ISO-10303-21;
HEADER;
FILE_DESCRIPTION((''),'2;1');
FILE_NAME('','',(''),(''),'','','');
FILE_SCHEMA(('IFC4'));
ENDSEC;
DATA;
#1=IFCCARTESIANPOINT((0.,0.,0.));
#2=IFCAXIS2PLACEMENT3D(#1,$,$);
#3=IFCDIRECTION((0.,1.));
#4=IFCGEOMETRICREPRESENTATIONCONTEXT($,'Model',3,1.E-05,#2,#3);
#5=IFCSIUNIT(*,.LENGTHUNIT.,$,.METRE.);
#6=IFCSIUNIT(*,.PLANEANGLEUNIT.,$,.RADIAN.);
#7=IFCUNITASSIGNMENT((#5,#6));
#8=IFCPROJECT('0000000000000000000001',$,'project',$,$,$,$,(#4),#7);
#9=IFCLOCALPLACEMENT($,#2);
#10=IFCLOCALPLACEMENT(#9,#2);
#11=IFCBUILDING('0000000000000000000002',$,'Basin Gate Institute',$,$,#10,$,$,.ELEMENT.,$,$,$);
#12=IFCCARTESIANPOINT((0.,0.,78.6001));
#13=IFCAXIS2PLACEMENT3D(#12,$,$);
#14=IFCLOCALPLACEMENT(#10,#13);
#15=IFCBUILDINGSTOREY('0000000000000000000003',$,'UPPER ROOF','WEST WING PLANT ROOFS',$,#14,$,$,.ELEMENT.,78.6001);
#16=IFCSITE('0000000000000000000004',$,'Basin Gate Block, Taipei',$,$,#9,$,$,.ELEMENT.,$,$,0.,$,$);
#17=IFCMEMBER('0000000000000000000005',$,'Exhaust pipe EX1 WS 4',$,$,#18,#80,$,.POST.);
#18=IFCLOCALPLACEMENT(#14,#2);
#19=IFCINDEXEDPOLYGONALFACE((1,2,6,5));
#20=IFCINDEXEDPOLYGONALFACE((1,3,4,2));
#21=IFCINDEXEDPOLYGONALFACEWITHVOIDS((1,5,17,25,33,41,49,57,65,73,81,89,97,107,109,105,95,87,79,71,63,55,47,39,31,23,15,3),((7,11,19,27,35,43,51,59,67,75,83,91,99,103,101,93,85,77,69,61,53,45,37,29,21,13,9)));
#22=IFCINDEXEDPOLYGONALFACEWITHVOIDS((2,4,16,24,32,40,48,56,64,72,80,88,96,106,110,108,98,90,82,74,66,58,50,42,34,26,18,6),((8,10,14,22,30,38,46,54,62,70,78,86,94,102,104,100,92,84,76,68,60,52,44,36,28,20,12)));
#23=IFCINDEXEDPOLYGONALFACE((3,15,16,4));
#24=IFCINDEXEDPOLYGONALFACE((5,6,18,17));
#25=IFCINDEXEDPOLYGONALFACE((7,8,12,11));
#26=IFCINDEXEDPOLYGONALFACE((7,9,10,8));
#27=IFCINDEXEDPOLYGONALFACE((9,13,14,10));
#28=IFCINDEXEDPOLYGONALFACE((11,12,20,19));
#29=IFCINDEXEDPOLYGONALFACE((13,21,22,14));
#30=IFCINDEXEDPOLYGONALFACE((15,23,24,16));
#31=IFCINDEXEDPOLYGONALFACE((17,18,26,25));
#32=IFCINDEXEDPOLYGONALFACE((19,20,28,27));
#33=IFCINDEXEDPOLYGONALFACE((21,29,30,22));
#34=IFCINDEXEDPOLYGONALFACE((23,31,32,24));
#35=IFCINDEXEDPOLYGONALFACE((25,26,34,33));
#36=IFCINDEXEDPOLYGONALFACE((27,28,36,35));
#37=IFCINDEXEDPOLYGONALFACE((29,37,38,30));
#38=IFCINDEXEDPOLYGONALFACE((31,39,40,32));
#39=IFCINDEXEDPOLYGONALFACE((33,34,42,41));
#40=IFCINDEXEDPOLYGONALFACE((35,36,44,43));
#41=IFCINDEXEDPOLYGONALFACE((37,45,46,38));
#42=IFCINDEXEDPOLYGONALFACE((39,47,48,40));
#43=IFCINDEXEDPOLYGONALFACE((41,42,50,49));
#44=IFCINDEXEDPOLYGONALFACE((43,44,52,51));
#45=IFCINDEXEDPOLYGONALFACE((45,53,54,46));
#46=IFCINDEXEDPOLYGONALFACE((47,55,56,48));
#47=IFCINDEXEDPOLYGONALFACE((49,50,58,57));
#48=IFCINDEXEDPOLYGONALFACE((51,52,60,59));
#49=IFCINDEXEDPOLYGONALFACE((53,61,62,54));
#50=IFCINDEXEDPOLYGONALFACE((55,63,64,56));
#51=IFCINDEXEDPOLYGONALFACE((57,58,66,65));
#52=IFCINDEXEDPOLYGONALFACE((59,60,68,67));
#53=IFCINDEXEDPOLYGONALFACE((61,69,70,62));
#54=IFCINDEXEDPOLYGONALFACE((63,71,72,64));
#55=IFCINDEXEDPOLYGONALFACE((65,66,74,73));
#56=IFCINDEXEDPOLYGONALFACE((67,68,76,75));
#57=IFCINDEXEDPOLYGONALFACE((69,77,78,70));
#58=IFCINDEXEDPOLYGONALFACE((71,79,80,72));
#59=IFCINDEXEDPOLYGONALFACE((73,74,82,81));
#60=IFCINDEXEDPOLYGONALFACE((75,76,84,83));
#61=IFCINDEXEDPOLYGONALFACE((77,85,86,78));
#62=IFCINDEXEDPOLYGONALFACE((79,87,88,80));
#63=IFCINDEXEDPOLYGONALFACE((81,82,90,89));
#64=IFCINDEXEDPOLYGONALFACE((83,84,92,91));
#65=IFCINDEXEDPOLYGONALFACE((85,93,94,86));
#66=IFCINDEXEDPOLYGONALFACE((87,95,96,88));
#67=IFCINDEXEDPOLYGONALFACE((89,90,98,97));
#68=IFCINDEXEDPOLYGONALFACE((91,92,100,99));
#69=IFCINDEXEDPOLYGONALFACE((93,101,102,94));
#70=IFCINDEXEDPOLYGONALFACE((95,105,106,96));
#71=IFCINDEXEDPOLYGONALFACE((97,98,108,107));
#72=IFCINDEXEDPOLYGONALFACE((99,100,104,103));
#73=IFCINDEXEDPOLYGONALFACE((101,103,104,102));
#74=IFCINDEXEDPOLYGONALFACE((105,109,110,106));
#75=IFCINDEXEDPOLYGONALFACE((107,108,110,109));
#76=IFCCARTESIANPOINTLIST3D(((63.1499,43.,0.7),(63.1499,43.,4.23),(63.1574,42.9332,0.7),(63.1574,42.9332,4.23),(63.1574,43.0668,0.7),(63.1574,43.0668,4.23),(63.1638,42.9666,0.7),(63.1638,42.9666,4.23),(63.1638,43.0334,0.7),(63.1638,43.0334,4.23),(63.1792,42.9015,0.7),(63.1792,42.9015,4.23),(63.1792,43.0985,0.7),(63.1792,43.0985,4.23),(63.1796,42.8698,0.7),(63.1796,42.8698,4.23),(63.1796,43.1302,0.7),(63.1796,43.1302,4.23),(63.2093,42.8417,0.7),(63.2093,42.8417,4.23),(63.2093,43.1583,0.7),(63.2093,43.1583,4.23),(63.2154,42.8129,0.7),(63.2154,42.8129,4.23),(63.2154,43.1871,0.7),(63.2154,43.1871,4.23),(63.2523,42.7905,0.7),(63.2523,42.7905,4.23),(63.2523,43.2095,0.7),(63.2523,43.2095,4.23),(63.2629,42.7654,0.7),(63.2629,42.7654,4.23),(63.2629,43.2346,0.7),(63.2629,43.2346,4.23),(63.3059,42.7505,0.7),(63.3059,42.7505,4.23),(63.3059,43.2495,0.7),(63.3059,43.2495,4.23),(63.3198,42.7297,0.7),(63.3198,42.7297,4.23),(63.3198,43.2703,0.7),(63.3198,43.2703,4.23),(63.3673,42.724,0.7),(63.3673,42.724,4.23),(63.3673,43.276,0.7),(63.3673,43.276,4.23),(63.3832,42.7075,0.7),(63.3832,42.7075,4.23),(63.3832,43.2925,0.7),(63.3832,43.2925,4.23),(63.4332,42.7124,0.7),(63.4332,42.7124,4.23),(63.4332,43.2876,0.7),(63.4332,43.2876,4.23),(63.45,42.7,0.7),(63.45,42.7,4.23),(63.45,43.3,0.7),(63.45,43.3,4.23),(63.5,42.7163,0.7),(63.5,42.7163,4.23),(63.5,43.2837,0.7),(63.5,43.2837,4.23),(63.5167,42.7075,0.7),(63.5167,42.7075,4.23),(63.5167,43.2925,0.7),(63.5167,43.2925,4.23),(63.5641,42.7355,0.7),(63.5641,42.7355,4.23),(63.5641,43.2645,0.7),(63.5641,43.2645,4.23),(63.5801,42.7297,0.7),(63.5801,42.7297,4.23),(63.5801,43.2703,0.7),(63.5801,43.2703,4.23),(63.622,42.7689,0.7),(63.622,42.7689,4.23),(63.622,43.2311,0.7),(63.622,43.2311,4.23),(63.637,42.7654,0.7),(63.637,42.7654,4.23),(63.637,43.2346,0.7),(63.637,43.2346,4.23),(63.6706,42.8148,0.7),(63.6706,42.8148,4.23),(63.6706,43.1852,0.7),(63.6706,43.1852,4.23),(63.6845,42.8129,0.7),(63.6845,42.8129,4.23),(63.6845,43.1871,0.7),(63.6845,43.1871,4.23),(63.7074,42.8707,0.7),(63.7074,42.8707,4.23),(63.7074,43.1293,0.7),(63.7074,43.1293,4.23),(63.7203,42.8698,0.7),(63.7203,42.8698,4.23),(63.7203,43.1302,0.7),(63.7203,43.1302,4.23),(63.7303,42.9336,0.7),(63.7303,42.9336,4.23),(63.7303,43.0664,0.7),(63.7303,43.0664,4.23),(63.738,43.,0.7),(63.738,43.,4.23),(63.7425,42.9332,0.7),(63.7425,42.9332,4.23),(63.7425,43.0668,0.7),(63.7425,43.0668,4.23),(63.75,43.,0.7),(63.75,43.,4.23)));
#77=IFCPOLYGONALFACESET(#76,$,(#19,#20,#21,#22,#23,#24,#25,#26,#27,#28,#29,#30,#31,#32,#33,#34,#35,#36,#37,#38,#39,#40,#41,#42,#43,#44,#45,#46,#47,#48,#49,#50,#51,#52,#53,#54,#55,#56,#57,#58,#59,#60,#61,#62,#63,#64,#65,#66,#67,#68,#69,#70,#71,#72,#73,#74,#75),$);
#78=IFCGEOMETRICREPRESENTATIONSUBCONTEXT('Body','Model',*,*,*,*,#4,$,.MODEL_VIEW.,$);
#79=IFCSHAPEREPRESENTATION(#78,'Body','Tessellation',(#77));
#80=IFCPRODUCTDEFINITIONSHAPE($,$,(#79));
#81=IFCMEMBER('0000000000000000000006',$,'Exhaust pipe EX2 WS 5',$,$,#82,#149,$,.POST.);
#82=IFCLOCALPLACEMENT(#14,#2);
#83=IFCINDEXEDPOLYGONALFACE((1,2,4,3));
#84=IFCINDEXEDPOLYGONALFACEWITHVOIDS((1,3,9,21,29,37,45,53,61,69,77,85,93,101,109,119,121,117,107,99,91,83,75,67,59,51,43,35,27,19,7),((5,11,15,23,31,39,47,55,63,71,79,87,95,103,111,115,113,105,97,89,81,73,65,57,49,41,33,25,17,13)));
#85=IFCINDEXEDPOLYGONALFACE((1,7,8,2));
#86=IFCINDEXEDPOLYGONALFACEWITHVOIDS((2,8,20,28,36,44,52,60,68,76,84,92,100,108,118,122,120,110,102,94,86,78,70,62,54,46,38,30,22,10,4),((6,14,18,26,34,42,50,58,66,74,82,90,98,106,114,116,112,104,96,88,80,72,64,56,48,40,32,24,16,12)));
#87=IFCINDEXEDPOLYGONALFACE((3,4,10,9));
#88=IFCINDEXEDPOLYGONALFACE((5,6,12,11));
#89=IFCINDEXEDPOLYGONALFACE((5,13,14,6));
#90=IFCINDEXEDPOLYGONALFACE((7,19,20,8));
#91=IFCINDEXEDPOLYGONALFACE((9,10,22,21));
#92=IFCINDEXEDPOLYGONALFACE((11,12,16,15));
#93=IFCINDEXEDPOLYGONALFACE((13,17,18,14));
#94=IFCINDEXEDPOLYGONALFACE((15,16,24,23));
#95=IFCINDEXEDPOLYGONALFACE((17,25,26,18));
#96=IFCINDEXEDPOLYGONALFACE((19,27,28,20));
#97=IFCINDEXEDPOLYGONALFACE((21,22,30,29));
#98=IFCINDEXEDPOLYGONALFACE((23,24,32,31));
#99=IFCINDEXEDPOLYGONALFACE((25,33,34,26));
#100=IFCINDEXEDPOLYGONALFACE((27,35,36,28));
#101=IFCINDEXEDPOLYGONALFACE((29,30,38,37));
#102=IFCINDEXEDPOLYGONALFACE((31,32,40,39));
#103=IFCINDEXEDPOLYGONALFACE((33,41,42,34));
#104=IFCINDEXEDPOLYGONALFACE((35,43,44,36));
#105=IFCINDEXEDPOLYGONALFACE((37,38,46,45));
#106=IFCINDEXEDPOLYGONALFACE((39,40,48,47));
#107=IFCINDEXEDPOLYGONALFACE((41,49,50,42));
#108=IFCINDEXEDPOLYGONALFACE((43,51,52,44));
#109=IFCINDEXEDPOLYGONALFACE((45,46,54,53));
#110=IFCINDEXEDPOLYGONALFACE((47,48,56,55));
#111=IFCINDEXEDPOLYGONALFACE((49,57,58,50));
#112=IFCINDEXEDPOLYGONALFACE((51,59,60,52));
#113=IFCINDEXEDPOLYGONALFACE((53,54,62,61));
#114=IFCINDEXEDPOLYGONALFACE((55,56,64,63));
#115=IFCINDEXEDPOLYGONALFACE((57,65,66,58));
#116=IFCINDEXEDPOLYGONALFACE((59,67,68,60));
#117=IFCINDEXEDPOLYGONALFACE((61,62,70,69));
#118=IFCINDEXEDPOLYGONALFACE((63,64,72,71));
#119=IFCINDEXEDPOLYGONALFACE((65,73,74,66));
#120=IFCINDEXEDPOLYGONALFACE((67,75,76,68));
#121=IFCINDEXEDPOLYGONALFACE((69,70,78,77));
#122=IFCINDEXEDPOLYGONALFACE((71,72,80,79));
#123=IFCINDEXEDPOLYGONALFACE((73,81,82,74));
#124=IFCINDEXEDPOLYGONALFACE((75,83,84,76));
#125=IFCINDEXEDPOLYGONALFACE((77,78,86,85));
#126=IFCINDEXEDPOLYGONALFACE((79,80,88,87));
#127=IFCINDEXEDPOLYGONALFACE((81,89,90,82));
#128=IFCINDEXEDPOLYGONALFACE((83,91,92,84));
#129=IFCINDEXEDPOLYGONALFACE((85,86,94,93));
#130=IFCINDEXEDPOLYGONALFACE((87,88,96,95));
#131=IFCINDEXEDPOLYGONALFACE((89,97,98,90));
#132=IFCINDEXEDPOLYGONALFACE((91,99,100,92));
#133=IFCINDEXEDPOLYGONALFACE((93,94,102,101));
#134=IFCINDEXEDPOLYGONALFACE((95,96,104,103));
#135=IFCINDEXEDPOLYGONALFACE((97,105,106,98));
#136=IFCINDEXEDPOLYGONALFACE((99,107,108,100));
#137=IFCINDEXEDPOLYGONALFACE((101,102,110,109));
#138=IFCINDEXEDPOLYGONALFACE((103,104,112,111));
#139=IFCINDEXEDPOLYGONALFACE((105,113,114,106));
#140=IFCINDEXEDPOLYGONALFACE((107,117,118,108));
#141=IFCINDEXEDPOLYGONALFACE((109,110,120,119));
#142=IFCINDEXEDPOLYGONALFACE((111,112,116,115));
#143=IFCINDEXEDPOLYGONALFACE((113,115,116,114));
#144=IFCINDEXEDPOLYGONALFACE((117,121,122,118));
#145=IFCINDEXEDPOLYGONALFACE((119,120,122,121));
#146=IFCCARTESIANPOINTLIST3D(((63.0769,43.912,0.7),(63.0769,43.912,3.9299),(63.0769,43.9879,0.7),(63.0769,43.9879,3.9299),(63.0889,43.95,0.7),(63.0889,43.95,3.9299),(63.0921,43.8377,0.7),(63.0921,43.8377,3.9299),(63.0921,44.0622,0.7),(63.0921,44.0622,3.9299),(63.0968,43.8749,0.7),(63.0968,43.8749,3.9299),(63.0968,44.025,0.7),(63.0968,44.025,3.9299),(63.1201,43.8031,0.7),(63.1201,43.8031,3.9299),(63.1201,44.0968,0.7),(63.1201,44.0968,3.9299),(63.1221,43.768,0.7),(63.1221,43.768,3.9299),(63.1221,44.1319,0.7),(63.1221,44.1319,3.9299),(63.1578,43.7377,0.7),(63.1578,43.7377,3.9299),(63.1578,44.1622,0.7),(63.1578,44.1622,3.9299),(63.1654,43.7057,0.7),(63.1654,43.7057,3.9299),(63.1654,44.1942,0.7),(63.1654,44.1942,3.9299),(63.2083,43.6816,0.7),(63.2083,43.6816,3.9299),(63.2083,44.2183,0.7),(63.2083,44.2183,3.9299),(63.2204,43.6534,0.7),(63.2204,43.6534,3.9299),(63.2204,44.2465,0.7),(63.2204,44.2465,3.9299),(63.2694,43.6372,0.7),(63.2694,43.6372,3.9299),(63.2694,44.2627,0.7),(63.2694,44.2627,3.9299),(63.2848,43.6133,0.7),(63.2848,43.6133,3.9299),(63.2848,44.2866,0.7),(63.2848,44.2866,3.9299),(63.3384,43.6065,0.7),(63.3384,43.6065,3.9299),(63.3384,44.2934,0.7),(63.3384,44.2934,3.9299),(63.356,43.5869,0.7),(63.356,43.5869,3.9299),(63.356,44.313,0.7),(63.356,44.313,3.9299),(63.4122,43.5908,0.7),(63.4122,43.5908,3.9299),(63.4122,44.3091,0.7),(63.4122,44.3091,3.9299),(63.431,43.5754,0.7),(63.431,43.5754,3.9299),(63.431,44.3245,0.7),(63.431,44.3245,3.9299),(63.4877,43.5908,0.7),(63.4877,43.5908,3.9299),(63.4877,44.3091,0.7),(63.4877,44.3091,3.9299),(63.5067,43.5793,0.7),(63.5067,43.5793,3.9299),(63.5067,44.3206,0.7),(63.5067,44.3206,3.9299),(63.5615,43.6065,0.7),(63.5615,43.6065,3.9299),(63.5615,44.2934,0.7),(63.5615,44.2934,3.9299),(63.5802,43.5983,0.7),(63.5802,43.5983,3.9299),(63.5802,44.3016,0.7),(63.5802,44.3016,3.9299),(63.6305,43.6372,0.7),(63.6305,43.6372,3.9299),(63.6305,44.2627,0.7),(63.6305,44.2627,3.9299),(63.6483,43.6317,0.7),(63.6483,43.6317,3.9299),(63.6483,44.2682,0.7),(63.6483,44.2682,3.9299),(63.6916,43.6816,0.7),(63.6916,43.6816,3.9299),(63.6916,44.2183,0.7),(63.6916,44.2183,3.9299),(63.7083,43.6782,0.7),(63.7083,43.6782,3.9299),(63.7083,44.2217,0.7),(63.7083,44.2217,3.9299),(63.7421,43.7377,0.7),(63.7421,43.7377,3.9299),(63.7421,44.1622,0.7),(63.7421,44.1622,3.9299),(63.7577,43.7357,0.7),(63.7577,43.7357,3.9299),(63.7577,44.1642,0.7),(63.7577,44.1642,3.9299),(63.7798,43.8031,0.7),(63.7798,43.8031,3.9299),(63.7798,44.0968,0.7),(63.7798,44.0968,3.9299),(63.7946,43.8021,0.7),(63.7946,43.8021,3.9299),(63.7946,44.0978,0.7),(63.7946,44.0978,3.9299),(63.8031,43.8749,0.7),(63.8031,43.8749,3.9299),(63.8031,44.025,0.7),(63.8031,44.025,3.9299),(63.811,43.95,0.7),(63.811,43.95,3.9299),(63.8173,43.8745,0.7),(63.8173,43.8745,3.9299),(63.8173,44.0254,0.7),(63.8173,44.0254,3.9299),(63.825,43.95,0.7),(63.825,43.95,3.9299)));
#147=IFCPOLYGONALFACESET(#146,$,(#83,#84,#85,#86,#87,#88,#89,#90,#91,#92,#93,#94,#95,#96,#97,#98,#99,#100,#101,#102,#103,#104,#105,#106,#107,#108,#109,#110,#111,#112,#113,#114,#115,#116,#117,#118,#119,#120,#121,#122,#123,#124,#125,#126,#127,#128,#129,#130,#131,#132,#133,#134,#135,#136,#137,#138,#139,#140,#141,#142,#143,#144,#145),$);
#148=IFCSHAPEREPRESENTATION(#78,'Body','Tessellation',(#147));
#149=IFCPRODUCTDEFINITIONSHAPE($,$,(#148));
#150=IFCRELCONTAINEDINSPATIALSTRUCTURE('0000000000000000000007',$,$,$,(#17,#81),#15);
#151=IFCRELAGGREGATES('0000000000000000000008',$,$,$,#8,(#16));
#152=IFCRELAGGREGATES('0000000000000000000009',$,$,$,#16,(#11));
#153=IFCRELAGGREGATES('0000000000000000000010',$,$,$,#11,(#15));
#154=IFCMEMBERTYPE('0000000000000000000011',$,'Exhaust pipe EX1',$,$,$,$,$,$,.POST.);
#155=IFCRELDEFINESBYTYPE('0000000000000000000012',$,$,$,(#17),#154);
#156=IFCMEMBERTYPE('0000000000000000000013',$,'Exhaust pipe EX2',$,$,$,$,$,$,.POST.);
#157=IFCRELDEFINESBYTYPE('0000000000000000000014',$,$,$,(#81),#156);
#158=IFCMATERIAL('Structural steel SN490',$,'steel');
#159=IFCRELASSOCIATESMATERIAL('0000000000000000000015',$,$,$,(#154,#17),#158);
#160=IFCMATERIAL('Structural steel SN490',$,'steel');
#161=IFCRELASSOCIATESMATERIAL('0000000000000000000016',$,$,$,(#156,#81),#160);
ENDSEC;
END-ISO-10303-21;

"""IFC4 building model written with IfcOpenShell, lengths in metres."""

from ifc_helpers import new_model, si_unit, direction, frame, origin, origin_2d, place, context, subcontext, project, spatial, hollow_circle, extrude, material, material_profile, profile_set, type_object, element, save


model = new_model("IFC4")

# Units and contexts
model_context = context("Model", 3, precision=1e-05, world=origin(), true_north=direction((0.0, 1.0)))
body_context = subcontext(model_context, "Body", "Model", "MODEL_VIEW")
ifc_project = project(units=[si_unit("LENGTHUNIT", "METRE"), si_unit("PLANEANGLEUNIT", "RADIAN")], contexts=[model_context])

# Site, building, storey
site_placement = place(None, origin())
site = spatial("IfcSite", under=ifc_project, at=site_placement, Name="Basin Gate Block, Taipei", CompositionType="ELEMENT", RefElevation=0.0)
building_placement = place(site_placement, origin())
building = spatial("IfcBuilding", under=site, at=building_placement, Name="Basin Gate Institute", CompositionType="ELEMENT")
storey_placement = place(building_placement, frame((0.0, 0.0, 78.6001)))
storey = spatial("IfcBuildingStorey", under=building, at=storey_placement, Name="UPPER ROOF", Description="WEST WING PLANT ROOFS", CompositionType="ELEMENT", Elevation=78.6001)

# Members
ifc_material_1 = material(Name="Structural steel SN490", Category="steel")
ifc_material_profile_1 = material_profile(ifc_material_1, hollow_circle(Radius=0.3, WallThickness=0.012, at=origin_2d()), Name="CHS600x12")
ifc_profile_set_1 = profile_set([ifc_material_profile_1], Name="Structural steel SN490")
member_type_1 = type_object("IfcMemberType", Name="Exhaust pipe EX1", PredefinedType="POST", material=ifc_profile_set_1)
member_1_placement = place(storey_placement, frame((63.45, 43.0, 0.7), z_axis=(0.0, 0.0, 1.0), x_axis=(1.0, 0.0, 0.0)))
element("IfcMember", 1, at=member_1_placement, inside=storey, type_object=member_type_1, material=ifc_profile_set_1, Name="Exhaust pipe EX1 WS 4", PredefinedType="POST", context=body_context, shape_type="SweptSolid", body=[
    extrude(hollow_circle(Radius=0.3, WallThickness=0.012, at=origin_2d()), origin(), (0.0, 0.0, 1.0), 3.53),
])
ifc_material_2 = material(Name="Structural steel SN490", Category="steel")
ifc_material_profile_2 = material_profile(ifc_material_2, hollow_circle(Radius=0.375, WallThickness=0.0139, at=origin_2d()), Name="CHS750x14")
ifc_profile_set_2 = profile_set([ifc_material_profile_2], Name="Structural steel SN490")
member_type_2 = type_object("IfcMemberType", Name="Exhaust pipe EX2", PredefinedType="POST", material=ifc_profile_set_2)
member_2_placement = place(storey_placement, frame((63.45, 43.95, 0.7), z_axis=(0.0, 0.0, 1.0), x_axis=(1.0, 0.0, 0.0)))
element("IfcMember", 2, at=member_2_placement, inside=storey, type_object=member_type_2, material=ifc_profile_set_2, Name="Exhaust pipe EX2 WS 5", PredefinedType="POST", context=body_context, shape_type="SweptSolid", body=[
    extrude(hollow_circle(Radius=0.375, WallThickness=0.0139, at=origin_2d()), origin(), (0.0, 0.0, 1.0), 3.23),
])

save(model, "model.ifc")
